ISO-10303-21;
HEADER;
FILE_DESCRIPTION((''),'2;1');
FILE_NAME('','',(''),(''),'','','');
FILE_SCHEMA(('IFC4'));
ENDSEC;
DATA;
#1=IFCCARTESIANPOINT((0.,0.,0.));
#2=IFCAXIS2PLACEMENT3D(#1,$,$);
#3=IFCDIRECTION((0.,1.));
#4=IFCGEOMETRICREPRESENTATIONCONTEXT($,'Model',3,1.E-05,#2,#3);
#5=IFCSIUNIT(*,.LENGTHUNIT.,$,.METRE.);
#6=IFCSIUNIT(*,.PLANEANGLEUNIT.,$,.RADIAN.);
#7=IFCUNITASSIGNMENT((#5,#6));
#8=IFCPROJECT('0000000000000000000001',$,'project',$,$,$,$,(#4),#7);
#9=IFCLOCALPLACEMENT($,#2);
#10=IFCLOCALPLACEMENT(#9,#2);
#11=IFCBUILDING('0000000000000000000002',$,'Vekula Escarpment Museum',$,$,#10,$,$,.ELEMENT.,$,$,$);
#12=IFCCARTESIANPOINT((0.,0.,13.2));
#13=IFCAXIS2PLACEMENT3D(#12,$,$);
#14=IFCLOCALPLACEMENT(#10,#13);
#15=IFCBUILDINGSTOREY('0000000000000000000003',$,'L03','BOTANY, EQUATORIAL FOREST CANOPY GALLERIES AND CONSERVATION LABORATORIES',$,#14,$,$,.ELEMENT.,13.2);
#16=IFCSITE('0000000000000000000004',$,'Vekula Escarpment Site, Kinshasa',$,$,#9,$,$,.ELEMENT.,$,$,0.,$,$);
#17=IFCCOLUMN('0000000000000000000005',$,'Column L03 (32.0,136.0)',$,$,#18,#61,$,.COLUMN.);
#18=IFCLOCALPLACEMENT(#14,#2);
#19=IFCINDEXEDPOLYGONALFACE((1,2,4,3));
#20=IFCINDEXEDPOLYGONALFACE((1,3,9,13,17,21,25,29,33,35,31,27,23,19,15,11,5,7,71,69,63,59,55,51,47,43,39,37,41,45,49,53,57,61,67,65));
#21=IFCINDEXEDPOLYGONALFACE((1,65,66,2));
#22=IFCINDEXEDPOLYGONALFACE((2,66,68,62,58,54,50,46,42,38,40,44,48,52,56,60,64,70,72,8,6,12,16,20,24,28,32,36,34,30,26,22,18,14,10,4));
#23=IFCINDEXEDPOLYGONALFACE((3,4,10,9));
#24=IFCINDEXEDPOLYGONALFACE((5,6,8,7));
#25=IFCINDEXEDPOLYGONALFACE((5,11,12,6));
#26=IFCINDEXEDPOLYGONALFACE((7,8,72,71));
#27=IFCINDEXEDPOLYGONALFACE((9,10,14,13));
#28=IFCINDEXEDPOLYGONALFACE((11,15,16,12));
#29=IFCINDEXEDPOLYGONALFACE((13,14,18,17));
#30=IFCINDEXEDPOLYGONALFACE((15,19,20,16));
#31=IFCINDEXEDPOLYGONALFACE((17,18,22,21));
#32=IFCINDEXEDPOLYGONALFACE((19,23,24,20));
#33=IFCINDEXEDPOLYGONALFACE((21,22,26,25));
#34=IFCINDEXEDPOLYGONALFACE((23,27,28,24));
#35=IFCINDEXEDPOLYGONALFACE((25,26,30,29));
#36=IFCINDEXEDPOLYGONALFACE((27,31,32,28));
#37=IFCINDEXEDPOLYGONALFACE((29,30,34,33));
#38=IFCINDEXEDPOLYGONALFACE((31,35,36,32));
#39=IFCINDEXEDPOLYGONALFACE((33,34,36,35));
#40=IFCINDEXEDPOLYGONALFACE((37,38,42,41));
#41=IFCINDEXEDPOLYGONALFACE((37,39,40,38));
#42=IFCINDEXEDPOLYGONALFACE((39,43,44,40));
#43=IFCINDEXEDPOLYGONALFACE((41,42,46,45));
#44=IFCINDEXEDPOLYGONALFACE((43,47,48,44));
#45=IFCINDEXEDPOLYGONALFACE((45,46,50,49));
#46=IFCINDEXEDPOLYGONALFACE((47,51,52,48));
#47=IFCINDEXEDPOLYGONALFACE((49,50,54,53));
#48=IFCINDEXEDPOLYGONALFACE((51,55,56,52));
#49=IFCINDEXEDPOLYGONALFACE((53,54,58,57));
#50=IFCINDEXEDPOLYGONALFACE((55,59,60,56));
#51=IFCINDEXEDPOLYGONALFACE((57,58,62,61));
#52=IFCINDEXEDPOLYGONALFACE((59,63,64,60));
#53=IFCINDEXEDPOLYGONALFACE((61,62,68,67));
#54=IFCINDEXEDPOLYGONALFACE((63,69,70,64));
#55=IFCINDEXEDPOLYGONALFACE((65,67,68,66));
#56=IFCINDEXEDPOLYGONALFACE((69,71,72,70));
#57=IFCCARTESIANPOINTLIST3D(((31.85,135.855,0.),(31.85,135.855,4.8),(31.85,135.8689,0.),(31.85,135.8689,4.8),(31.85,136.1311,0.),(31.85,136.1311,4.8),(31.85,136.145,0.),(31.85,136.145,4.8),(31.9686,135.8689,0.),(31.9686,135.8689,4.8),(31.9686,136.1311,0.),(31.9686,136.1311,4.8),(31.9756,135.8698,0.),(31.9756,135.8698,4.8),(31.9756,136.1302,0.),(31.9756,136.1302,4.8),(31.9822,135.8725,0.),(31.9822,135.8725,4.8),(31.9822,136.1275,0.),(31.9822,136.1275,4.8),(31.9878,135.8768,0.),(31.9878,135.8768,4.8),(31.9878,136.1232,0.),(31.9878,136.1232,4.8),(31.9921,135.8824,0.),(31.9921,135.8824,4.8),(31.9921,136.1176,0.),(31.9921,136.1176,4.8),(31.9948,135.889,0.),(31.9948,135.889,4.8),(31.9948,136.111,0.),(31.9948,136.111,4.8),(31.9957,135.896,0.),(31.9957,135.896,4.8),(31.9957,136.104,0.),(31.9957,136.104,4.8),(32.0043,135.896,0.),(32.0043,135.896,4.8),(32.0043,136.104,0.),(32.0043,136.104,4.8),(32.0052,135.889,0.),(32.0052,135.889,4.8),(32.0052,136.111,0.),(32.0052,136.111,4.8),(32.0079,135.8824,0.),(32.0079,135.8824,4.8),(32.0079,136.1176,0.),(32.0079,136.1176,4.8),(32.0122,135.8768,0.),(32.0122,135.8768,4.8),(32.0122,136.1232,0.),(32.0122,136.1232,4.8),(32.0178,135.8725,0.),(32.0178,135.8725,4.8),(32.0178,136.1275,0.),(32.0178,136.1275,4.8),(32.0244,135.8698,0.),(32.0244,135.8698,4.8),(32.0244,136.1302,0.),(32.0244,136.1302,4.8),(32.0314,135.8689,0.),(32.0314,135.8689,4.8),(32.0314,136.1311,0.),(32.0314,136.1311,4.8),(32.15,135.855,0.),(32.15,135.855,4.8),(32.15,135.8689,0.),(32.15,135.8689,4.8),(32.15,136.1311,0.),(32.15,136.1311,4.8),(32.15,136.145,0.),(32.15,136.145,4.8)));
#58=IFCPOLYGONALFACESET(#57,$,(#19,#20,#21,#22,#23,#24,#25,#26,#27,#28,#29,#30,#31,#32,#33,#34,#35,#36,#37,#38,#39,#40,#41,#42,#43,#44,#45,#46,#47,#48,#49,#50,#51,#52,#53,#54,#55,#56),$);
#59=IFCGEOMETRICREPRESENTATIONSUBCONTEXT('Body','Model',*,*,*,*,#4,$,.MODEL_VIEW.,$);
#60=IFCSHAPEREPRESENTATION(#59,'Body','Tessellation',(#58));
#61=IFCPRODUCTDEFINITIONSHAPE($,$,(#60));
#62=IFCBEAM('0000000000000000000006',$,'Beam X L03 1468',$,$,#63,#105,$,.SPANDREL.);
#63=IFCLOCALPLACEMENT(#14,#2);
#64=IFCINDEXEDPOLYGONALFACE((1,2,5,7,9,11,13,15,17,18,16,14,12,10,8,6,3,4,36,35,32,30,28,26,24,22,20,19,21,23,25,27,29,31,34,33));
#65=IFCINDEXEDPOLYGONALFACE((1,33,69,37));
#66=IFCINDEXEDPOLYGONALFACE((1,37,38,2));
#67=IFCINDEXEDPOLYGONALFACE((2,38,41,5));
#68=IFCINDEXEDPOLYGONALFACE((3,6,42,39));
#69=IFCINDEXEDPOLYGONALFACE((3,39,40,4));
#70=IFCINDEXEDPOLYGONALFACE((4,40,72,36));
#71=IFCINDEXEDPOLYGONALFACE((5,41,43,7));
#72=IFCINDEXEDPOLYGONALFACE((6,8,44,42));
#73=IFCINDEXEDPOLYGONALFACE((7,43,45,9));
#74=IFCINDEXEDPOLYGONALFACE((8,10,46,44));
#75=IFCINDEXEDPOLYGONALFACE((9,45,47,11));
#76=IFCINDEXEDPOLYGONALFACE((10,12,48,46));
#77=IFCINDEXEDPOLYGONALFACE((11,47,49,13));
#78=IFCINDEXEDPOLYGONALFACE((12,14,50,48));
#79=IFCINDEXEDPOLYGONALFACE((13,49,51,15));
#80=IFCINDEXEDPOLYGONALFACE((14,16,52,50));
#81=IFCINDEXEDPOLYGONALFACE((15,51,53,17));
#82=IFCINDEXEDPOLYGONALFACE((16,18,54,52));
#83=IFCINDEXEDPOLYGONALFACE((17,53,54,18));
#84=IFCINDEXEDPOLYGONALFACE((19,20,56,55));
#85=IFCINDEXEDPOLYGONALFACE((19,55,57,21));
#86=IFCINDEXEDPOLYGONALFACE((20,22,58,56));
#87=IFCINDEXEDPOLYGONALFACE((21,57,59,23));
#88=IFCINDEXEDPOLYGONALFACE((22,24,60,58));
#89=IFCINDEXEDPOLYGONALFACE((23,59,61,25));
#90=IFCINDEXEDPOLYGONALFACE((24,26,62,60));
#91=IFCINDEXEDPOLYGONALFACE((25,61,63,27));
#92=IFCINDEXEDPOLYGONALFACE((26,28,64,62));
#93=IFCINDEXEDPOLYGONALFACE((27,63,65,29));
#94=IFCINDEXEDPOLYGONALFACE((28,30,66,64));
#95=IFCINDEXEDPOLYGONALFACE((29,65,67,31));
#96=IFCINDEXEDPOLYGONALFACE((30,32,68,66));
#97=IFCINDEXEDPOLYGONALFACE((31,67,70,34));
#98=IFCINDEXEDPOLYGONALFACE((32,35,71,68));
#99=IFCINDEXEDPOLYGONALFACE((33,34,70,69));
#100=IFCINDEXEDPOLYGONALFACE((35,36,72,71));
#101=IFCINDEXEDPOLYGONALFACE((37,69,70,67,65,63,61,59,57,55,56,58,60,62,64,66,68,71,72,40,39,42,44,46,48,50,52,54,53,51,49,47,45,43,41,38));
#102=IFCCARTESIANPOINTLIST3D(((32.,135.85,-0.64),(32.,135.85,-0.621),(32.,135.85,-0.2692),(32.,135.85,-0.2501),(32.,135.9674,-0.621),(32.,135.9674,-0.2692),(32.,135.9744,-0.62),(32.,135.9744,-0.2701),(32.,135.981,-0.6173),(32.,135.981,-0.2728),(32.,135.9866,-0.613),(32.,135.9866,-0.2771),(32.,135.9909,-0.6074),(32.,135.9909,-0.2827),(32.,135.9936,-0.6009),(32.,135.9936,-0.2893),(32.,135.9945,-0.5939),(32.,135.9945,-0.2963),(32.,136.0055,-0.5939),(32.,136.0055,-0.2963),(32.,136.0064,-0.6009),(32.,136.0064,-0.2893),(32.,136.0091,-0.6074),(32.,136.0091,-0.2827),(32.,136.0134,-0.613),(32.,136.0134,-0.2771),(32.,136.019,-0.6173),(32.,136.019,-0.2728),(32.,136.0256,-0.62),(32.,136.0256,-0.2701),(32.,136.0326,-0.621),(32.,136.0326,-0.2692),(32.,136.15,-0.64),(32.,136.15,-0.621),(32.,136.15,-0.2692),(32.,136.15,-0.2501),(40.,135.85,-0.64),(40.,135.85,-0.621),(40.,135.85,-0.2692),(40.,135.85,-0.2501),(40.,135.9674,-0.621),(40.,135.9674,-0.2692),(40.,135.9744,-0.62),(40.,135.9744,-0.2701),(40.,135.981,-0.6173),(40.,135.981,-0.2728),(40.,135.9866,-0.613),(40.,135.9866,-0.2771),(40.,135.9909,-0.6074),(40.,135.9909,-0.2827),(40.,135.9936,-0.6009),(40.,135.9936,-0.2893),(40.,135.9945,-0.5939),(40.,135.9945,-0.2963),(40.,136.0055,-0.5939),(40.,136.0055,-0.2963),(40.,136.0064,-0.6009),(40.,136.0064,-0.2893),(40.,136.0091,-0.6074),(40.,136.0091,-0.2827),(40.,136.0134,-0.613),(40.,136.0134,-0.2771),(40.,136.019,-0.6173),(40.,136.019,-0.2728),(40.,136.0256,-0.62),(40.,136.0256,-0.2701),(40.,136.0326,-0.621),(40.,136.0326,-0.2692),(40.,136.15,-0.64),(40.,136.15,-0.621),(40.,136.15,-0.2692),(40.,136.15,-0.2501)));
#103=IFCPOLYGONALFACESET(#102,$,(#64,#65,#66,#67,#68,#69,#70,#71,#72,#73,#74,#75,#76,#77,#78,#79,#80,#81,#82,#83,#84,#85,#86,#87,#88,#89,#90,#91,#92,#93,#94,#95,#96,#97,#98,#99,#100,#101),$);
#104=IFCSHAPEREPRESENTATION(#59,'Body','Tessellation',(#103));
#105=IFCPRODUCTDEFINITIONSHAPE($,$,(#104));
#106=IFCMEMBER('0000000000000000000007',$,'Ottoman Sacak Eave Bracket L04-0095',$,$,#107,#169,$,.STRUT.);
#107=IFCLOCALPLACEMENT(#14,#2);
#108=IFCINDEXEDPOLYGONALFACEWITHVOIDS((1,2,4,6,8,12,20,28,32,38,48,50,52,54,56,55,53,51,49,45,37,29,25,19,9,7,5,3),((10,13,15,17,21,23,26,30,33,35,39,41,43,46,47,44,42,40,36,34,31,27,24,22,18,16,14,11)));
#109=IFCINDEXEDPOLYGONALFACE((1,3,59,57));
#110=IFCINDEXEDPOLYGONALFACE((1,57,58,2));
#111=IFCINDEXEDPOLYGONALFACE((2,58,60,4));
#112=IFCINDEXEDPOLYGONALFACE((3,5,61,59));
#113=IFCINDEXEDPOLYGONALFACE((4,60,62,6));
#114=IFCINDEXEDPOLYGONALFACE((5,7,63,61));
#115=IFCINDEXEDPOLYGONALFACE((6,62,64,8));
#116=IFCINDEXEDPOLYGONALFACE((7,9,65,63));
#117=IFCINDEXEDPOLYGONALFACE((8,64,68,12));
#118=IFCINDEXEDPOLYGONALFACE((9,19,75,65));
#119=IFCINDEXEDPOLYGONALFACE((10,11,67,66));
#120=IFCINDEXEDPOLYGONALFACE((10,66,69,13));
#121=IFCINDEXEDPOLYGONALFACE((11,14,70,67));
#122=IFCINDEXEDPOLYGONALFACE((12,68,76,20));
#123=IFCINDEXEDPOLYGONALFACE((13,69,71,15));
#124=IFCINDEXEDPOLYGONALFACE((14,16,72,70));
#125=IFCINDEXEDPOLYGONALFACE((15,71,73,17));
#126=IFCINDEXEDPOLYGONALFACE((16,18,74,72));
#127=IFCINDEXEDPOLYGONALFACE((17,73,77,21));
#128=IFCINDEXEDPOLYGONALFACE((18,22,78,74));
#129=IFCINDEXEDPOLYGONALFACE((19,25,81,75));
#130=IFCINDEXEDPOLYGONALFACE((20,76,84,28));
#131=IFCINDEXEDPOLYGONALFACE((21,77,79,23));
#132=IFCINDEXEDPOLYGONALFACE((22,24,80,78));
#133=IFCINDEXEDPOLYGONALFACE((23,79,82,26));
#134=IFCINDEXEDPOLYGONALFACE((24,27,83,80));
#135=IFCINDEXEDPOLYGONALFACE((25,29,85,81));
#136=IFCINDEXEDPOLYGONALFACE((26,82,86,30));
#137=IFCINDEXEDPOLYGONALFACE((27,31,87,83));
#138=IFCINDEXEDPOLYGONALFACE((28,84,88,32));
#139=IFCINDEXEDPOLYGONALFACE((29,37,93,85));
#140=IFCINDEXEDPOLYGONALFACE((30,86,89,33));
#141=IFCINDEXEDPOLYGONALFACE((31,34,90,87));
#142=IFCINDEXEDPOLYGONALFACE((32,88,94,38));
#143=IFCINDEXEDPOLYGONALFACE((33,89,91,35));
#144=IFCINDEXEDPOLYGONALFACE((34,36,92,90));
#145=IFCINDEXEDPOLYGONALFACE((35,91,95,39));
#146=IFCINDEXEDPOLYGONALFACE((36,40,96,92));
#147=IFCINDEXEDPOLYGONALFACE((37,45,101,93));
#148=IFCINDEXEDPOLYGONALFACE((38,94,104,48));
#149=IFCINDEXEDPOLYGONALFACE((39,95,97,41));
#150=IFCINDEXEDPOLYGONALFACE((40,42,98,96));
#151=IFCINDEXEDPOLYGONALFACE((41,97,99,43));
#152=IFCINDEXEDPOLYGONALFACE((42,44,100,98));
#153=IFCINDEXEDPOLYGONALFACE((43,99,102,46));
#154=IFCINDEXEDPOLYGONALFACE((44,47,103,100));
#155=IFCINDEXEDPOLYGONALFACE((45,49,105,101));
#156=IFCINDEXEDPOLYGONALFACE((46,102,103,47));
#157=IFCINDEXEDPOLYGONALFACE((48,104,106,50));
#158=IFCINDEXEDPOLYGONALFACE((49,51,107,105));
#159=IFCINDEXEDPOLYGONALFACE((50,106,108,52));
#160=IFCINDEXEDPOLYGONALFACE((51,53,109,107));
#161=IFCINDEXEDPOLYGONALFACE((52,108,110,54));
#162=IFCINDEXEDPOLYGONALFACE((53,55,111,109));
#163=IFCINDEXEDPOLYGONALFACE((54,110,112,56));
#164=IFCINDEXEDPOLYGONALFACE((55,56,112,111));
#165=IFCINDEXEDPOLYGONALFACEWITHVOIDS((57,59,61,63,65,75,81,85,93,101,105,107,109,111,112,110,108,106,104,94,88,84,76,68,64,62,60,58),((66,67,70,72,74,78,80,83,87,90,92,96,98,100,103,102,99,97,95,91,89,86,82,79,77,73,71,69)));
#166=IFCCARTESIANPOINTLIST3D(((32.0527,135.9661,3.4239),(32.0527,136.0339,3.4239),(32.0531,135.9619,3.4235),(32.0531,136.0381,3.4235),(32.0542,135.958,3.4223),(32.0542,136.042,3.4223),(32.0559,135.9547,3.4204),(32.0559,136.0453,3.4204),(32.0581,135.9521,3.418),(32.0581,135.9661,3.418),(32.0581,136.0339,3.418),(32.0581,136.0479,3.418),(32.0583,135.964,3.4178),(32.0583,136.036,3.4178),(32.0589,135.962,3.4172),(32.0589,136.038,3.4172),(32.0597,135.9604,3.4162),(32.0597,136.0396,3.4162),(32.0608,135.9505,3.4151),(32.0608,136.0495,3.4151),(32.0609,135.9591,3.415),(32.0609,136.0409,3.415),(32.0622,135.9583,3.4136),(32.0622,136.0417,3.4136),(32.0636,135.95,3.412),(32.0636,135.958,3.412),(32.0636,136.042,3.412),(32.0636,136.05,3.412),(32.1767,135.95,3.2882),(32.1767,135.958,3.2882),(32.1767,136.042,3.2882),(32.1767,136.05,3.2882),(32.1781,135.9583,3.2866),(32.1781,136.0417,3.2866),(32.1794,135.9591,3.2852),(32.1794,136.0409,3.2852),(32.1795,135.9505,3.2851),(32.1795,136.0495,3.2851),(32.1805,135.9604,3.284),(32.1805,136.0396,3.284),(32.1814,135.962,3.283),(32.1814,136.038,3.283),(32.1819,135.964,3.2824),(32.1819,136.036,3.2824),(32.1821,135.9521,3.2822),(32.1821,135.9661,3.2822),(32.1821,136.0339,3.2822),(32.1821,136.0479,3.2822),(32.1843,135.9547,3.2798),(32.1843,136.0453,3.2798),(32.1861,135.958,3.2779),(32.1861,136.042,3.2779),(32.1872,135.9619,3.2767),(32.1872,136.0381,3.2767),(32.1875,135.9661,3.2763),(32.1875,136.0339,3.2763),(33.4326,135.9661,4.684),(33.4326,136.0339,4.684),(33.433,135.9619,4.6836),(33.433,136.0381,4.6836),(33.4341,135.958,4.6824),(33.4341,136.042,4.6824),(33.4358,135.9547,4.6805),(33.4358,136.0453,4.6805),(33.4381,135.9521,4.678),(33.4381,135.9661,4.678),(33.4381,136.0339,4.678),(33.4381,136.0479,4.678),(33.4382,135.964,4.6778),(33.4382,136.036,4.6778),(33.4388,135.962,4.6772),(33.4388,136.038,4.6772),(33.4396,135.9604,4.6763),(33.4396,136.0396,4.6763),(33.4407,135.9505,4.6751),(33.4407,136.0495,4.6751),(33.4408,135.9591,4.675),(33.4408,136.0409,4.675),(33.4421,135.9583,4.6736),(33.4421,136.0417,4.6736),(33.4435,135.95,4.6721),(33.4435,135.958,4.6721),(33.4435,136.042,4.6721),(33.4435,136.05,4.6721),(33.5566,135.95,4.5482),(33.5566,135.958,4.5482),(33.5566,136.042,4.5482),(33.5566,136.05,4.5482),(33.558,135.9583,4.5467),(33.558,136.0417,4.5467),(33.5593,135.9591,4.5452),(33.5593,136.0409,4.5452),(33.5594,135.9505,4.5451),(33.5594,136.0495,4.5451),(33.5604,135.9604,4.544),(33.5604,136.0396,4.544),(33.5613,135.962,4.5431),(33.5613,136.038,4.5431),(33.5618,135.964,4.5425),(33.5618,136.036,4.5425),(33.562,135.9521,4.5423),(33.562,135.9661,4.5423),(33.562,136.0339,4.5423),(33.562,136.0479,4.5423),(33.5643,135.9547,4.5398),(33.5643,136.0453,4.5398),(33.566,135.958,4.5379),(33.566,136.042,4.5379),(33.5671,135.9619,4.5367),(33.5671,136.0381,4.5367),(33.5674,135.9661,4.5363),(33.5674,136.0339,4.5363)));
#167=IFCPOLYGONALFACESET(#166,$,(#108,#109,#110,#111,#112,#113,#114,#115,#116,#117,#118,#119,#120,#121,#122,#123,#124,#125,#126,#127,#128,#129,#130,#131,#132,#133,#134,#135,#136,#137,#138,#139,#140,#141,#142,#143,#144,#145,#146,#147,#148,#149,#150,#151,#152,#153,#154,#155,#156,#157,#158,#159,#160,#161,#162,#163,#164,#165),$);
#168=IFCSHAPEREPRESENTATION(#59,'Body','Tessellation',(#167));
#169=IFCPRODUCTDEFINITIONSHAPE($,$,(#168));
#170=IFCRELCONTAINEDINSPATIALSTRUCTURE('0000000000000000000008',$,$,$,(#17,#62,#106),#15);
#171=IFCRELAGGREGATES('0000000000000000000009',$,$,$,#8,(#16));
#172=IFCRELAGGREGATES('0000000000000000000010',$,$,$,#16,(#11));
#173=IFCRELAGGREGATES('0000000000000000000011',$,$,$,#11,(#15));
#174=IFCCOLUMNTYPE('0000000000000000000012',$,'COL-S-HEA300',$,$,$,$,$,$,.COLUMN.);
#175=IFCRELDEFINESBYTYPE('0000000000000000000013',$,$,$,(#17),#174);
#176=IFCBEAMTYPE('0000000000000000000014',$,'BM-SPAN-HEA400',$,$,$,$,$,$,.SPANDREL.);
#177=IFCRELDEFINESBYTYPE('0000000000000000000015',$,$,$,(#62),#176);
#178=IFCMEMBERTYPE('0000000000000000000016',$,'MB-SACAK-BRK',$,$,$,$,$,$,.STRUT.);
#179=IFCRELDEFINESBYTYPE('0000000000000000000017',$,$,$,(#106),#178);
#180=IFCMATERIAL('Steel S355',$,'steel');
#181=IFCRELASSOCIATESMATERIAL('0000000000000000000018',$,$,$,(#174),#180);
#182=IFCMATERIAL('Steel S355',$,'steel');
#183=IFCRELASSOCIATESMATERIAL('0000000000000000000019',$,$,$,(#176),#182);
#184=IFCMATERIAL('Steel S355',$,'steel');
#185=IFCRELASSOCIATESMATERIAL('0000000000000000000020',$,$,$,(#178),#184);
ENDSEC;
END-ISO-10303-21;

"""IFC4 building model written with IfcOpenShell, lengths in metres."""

from ifc_helpers import new_model, si_unit, direction, frame, origin, origin_2d, place, context, subcontext, project, spatial, hollow_rectangle, i_section, extrude, material, material_profile, profile_set, type_object, element, save


model = new_model("IFC4")

# Units and contexts
model_context = context("Model", 3, precision=1e-05, world=origin(), true_north=direction((0.0, 1.0)))
body_context = subcontext(model_context, "Body", "Model", "MODEL_VIEW")
ifc_project = project(units=[si_unit("LENGTHUNIT", "METRE"), si_unit("PLANEANGLEUNIT", "RADIAN")], contexts=[model_context])

# Site, building, storey
site_placement = place(None, origin())
site = spatial("IfcSite", under=ifc_project, at=site_placement, Name="Vekula Escarpment Site, Kinshasa", CompositionType="ELEMENT", RefElevation=0.0)
building_placement = place(site_placement, origin())
building = spatial("IfcBuilding", under=site, at=building_placement, Name="Vekula Escarpment Museum", CompositionType="ELEMENT")
storey_placement = place(building_placement, frame((0.0, 0.0, 13.2)))
storey = spatial("IfcBuildingStorey", under=building, at=storey_placement, Name="L03", Description="BOTANY, EQUATORIAL FOREST CANOPY GALLERIES AND CONSERVATION LABORATORIES", CompositionType="ELEMENT", Elevation=13.2)

# Column
ifc_material_1 = material(Name="Steel S355", Category="steel")
ifc_material_profile_1 = material_profile(ifc_material_1, i_section(OverallWidth=0.3, OverallDepth=0.29, WebThickness=0.0085, FlangeThickness=0.0139, FilletRadius=0.0271, at=origin_2d()), Name="HEA 300")
ifc_profile_set_1 = profile_set([ifc_material_profile_1], Name="Steel S355")
column_type = type_object("IfcColumnType", Name="COL-S-HEA300", PredefinedType="COLUMN", material=ifc_profile_set_1)
column_placement = place(storey_placement, frame((32.0, 136.0, 0.0), z_axis=(0.0, 0.0, 1.0), x_axis=(1.0, 0.0, 0.0)))
element("IfcColumn", 1, at=column_placement, inside=storey, type_object=column_type, Name="Column L03 (32.0,136.0)", PredefinedType="COLUMN", context=body_context, shape_type="SweptSolid", body=[
    extrude(i_section(OverallWidth=0.3, OverallDepth=0.29, WebThickness=0.0085, FlangeThickness=0.0139, FilletRadius=0.0271, at=origin_2d()), origin(), (0.0, 0.0, 1.0), 4.8),
])

# Beam
ifc_material_2 = material(Name="Steel S355", Category="steel")
ifc_material_profile_2 = material_profile(ifc_material_2, i_section(OverallWidth=0.3, OverallDepth=0.3899, WebThickness=0.011, FlangeThickness=0.019, FilletRadius=0.0271, at=origin_2d()), Name="HEA 400")
ifc_profile_set_2 = profile_set([ifc_material_profile_2], Name="Steel S355")
beam_type = type_object("IfcBeamType", Name="BM-SPAN-HEA400", PredefinedType="SPANDREL", material=ifc_profile_set_2)
beam_placement = place(storey_placement, frame((32.0, 136.0, -0.4451), z_axis=(1.0, 0.0, 0.0), x_axis=(0.0, 1.0, 0.0)))
element("IfcBeam", 2, at=beam_placement, inside=storey, type_object=beam_type, Name="Beam X L03 1468", PredefinedType="SPANDREL", context=body_context, shape_type="SweptSolid", body=[
    extrude(i_section(OverallWidth=0.3, OverallDepth=0.3899, WebThickness=0.011, FlangeThickness=0.019, FilletRadius=0.0271, at=origin_2d()), origin(), (0.0, 0.0, 1.0), 8.0),
])

# Member
ifc_material_3 = material(Name="Steel S355", Category="steel")
ifc_material_profile_3 = material_profile(ifc_material_3, hollow_rectangle(XDim=0.1001, YDim=0.2, WallThickness=0.0081, InnerFilletRadius=0.0081, OuterFilletRadius=0.0161, at=origin_2d()), Name="RHS 200x100x8")
ifc_profile_set_3 = profile_set([ifc_material_profile_3], Name="Steel S355")
member_type = type_object("IfcMemberType", Name="MB-SACAK-BRK", PredefinedType="STRUT", material=ifc_profile_set_3)
for number, where, z_axis, x_axis, name in (
    (3, (32.1201, 136.0, 3.3501), (0.738454, 0.0, 0.674303), (0.0, 1.0, 0.0), "Ottoman Sacak Eave Bracket L04-0095"),
):
    element("IfcMember", number, at=place(storey_placement, frame(where, z_axis=z_axis, x_axis=x_axis)), inside=storey, type_object=member_type, Name=name, PredefinedType="STRUT", context=body_context, shape_type="SweptSolid", body=[
        extrude(hollow_rectangle(XDim=0.1001, YDim=0.2, WallThickness=0.0081, InnerFilletRadius=0.0081, OuterFilletRadius=0.0161, at=origin_2d()), origin(), (0.0, 0.0, 1.0), 1.8687),
    ])

save(model, "model.ifc")
